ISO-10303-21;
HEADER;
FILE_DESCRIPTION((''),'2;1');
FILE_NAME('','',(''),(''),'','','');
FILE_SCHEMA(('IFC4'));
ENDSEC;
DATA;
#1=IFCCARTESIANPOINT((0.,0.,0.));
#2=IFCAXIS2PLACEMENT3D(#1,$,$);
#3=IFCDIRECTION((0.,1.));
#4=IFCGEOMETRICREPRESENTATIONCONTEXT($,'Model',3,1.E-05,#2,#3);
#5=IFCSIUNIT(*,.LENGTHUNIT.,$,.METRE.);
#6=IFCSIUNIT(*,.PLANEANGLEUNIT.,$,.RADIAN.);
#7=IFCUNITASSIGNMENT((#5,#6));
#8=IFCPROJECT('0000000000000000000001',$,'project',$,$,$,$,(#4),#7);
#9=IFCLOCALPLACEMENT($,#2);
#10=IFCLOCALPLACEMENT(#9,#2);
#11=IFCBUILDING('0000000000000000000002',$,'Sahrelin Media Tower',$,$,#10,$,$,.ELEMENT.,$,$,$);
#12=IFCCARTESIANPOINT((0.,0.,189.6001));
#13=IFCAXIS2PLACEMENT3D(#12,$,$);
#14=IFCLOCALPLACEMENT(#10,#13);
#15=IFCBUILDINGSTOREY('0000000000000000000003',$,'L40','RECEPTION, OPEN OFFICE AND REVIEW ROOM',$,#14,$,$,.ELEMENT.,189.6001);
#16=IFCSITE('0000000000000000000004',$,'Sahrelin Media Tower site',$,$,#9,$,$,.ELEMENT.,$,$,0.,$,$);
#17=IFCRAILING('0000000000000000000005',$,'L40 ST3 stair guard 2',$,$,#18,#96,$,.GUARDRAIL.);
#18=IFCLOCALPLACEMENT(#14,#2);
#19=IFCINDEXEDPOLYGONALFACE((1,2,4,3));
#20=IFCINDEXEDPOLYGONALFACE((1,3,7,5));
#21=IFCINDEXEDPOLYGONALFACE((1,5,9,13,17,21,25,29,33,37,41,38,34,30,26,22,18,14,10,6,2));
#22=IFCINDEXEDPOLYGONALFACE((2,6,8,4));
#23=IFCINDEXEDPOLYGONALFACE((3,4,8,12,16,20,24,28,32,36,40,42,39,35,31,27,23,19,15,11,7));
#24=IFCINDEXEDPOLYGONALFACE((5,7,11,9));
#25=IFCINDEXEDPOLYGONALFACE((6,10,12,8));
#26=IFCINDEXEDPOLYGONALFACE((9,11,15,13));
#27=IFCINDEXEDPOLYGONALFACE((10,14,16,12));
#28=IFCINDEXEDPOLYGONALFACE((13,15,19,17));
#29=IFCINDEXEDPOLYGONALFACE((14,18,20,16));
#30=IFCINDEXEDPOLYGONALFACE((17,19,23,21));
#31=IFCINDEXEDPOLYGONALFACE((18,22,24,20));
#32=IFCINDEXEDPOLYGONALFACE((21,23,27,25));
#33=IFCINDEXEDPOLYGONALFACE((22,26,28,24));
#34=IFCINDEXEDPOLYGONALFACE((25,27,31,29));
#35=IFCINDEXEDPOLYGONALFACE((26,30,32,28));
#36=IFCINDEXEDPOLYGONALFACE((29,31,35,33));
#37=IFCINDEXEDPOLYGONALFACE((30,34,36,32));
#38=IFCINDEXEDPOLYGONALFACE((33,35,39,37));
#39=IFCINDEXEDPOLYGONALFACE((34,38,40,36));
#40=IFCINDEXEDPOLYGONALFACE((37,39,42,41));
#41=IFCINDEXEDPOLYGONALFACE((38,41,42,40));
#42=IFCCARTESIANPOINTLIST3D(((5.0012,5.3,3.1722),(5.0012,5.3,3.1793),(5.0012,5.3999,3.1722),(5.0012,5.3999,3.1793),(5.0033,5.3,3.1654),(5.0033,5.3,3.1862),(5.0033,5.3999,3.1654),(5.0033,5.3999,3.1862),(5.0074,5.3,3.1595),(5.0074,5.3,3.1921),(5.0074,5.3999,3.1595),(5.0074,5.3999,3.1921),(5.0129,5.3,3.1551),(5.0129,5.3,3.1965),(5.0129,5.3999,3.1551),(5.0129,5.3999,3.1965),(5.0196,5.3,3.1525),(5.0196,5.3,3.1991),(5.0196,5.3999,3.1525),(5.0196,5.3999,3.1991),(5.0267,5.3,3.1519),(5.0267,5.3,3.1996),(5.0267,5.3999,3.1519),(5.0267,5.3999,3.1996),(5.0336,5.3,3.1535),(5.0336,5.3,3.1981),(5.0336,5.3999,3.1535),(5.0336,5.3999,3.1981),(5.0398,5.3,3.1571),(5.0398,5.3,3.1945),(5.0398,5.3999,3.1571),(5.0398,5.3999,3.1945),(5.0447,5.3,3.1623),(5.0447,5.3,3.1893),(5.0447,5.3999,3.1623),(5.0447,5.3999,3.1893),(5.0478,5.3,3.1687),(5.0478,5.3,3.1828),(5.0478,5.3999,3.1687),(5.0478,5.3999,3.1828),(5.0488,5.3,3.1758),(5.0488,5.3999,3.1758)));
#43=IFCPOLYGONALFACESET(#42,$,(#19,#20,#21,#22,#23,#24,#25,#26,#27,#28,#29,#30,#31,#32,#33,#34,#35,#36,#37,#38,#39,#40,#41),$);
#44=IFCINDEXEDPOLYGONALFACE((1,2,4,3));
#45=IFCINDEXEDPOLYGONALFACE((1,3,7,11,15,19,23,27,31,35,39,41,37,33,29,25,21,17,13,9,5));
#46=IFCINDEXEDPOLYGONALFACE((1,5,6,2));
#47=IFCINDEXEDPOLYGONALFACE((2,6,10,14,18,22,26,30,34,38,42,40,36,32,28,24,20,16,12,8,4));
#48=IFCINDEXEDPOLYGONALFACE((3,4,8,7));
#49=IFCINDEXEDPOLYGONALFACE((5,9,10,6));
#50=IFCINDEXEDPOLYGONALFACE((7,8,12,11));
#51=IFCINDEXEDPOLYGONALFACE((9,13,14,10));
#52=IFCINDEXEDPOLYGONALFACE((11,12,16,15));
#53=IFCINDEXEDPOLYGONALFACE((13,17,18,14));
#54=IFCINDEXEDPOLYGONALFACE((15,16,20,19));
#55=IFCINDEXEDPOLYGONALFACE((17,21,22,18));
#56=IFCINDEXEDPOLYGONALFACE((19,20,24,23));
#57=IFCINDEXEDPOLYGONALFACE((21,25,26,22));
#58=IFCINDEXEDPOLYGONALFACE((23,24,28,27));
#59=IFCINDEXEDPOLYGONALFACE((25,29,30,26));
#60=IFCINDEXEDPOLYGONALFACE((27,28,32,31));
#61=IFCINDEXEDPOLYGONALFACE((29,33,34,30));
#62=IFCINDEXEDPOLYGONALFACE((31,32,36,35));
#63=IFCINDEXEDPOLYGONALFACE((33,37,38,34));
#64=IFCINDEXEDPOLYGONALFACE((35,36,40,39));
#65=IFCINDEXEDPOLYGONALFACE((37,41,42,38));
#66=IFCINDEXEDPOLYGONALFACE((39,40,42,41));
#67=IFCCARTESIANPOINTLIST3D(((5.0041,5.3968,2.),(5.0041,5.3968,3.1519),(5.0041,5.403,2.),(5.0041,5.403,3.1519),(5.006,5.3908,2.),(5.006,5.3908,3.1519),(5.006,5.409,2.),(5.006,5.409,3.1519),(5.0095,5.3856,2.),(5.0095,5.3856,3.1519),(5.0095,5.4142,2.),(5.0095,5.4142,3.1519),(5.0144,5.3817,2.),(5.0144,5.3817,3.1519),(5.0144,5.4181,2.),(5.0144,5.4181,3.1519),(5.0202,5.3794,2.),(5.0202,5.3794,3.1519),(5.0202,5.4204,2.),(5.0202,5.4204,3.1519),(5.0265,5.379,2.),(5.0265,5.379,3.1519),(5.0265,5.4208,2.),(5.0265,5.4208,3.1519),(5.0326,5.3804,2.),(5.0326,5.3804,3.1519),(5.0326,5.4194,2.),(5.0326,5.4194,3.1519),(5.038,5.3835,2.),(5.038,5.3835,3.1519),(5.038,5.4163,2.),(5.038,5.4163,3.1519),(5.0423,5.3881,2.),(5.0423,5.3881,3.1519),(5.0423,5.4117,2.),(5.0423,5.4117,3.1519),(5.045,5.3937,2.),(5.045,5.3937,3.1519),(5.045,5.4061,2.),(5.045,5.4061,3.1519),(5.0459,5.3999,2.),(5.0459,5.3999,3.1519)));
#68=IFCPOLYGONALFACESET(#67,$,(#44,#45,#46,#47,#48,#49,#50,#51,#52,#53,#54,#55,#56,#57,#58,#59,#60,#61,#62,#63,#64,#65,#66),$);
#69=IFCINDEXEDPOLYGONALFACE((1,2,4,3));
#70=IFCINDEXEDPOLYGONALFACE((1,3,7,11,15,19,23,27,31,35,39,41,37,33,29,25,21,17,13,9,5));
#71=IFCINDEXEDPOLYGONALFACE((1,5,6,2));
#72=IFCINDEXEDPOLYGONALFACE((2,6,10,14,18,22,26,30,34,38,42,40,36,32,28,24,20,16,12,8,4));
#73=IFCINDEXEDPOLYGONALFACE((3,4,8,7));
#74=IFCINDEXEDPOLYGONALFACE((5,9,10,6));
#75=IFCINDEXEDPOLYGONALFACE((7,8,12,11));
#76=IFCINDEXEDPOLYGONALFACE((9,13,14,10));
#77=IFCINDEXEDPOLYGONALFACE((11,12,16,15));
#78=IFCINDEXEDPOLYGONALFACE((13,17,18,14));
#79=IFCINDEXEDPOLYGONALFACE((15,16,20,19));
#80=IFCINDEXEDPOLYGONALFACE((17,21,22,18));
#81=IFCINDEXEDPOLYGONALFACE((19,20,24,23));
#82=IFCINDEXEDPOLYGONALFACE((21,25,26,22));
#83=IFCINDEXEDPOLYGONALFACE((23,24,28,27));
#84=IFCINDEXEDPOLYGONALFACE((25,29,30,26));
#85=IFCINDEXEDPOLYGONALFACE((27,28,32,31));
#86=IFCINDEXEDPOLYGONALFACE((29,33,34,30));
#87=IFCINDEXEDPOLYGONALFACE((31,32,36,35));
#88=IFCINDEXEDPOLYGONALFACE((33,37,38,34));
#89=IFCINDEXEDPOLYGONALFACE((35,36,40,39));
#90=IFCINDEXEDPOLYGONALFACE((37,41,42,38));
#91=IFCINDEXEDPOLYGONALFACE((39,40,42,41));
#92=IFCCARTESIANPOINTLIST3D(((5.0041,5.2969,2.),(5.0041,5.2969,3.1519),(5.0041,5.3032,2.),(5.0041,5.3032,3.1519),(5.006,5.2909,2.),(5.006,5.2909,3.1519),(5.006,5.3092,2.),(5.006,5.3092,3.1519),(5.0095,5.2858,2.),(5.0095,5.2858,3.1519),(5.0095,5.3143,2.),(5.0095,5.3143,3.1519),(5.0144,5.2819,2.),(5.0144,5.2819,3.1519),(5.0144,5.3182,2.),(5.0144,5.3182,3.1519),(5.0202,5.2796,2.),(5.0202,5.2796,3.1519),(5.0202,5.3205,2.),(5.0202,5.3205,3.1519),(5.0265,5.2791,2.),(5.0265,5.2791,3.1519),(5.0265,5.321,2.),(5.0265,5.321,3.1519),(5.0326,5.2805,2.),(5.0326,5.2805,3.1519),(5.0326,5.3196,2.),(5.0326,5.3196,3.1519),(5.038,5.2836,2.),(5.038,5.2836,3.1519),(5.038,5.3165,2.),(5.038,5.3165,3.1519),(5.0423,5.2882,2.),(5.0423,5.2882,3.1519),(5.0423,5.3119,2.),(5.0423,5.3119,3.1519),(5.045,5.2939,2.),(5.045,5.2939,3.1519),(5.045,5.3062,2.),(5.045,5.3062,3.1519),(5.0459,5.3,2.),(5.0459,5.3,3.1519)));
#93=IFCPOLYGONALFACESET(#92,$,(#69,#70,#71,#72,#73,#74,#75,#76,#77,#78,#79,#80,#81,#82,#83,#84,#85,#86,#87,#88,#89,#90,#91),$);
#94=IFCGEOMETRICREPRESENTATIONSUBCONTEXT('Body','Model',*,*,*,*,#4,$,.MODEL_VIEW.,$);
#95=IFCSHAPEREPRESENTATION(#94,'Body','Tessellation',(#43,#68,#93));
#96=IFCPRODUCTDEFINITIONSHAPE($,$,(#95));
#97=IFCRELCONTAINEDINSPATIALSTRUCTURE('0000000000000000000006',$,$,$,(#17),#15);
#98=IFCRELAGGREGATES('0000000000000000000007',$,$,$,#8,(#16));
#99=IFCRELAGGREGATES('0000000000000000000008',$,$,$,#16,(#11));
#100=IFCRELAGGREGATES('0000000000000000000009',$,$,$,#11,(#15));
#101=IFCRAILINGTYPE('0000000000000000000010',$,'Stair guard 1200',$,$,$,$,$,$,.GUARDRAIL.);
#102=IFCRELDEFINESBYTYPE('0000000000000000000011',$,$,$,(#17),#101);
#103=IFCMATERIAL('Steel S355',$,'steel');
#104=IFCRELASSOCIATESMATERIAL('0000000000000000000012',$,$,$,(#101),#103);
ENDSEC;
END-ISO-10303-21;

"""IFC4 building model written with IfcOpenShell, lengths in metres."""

from ifc_helpers import new_model, si_unit, direction, frame, origin, origin_2d, place, context, subcontext, project, spatial, circle, extrude, material, type_object, element, save


model = new_model("IFC4")

# Units and contexts
model_context = context("Model", 3, precision=1e-05, world=origin(), true_north=direction((0.0, 1.0)))
body_context = subcontext(model_context, "Body", "Model", "MODEL_VIEW")
ifc_project = project(units=[si_unit("LENGTHUNIT", "METRE"), si_unit("PLANEANGLEUNIT", "RADIAN")], contexts=[model_context])

# Site, building, storey
site_placement = place(None, origin())
site = spatial("IfcSite", under=ifc_project, at=site_placement, Name="Sahrelin Media Tower site", CompositionType="ELEMENT", RefElevation=0.0)
building_placement = place(site_placement, origin())
building = spatial("IfcBuilding", under=site, at=building_placement, Name="Sahrelin Media Tower", CompositionType="ELEMENT")
storey_placement = place(building_placement, frame((0.0, 0.0, 189.6001)))
storey = spatial("IfcBuildingStorey", under=building, at=storey_placement, Name="L40", Description="RECEPTION, OPEN OFFICE AND REVIEW ROOM", CompositionType="ELEMENT", Elevation=189.6001)

# Shared definitions
ifc_material_1 = material(Name="Steel S355", Category="steel")

# Railing
railing_type_1 = type_object("IfcRailingType", Name="Stair guard 1200", PredefinedType="GUARDRAIL", material=ifc_material_1)
railing_1_placement = place(storey_placement, frame((5.0249, 5.3999, 2.0)))
element("IfcRailing", 1, at=railing_1_placement, inside=storey, type_object=railing_type_1, Name="L40 ST3 stair guard 2", PredefinedType="GUARDRAIL", context=body_context, shape_type="SweptSolid", body=[
    extrude(circle(Radius=0.0239, at=origin_2d()), frame((0.0, 0.0, 1.1758), z_axis=(0.0, -1.0, 0.0), x_axis=(1.0, 0.0, 0.0)), (0.0, 0.0, 1.0), 0.0999),
    extrude(circle(Radius=0.021, at=origin_2d()), origin(), (0.0, 0.0, 1.0), 1.1519),
    extrude(circle(Radius=0.021, at=origin_2d()), frame((0.0, -0.0999, 0.0)), (0.0, 0.0, 1.0), 1.1519),
])

save(model, "model.ifc")
